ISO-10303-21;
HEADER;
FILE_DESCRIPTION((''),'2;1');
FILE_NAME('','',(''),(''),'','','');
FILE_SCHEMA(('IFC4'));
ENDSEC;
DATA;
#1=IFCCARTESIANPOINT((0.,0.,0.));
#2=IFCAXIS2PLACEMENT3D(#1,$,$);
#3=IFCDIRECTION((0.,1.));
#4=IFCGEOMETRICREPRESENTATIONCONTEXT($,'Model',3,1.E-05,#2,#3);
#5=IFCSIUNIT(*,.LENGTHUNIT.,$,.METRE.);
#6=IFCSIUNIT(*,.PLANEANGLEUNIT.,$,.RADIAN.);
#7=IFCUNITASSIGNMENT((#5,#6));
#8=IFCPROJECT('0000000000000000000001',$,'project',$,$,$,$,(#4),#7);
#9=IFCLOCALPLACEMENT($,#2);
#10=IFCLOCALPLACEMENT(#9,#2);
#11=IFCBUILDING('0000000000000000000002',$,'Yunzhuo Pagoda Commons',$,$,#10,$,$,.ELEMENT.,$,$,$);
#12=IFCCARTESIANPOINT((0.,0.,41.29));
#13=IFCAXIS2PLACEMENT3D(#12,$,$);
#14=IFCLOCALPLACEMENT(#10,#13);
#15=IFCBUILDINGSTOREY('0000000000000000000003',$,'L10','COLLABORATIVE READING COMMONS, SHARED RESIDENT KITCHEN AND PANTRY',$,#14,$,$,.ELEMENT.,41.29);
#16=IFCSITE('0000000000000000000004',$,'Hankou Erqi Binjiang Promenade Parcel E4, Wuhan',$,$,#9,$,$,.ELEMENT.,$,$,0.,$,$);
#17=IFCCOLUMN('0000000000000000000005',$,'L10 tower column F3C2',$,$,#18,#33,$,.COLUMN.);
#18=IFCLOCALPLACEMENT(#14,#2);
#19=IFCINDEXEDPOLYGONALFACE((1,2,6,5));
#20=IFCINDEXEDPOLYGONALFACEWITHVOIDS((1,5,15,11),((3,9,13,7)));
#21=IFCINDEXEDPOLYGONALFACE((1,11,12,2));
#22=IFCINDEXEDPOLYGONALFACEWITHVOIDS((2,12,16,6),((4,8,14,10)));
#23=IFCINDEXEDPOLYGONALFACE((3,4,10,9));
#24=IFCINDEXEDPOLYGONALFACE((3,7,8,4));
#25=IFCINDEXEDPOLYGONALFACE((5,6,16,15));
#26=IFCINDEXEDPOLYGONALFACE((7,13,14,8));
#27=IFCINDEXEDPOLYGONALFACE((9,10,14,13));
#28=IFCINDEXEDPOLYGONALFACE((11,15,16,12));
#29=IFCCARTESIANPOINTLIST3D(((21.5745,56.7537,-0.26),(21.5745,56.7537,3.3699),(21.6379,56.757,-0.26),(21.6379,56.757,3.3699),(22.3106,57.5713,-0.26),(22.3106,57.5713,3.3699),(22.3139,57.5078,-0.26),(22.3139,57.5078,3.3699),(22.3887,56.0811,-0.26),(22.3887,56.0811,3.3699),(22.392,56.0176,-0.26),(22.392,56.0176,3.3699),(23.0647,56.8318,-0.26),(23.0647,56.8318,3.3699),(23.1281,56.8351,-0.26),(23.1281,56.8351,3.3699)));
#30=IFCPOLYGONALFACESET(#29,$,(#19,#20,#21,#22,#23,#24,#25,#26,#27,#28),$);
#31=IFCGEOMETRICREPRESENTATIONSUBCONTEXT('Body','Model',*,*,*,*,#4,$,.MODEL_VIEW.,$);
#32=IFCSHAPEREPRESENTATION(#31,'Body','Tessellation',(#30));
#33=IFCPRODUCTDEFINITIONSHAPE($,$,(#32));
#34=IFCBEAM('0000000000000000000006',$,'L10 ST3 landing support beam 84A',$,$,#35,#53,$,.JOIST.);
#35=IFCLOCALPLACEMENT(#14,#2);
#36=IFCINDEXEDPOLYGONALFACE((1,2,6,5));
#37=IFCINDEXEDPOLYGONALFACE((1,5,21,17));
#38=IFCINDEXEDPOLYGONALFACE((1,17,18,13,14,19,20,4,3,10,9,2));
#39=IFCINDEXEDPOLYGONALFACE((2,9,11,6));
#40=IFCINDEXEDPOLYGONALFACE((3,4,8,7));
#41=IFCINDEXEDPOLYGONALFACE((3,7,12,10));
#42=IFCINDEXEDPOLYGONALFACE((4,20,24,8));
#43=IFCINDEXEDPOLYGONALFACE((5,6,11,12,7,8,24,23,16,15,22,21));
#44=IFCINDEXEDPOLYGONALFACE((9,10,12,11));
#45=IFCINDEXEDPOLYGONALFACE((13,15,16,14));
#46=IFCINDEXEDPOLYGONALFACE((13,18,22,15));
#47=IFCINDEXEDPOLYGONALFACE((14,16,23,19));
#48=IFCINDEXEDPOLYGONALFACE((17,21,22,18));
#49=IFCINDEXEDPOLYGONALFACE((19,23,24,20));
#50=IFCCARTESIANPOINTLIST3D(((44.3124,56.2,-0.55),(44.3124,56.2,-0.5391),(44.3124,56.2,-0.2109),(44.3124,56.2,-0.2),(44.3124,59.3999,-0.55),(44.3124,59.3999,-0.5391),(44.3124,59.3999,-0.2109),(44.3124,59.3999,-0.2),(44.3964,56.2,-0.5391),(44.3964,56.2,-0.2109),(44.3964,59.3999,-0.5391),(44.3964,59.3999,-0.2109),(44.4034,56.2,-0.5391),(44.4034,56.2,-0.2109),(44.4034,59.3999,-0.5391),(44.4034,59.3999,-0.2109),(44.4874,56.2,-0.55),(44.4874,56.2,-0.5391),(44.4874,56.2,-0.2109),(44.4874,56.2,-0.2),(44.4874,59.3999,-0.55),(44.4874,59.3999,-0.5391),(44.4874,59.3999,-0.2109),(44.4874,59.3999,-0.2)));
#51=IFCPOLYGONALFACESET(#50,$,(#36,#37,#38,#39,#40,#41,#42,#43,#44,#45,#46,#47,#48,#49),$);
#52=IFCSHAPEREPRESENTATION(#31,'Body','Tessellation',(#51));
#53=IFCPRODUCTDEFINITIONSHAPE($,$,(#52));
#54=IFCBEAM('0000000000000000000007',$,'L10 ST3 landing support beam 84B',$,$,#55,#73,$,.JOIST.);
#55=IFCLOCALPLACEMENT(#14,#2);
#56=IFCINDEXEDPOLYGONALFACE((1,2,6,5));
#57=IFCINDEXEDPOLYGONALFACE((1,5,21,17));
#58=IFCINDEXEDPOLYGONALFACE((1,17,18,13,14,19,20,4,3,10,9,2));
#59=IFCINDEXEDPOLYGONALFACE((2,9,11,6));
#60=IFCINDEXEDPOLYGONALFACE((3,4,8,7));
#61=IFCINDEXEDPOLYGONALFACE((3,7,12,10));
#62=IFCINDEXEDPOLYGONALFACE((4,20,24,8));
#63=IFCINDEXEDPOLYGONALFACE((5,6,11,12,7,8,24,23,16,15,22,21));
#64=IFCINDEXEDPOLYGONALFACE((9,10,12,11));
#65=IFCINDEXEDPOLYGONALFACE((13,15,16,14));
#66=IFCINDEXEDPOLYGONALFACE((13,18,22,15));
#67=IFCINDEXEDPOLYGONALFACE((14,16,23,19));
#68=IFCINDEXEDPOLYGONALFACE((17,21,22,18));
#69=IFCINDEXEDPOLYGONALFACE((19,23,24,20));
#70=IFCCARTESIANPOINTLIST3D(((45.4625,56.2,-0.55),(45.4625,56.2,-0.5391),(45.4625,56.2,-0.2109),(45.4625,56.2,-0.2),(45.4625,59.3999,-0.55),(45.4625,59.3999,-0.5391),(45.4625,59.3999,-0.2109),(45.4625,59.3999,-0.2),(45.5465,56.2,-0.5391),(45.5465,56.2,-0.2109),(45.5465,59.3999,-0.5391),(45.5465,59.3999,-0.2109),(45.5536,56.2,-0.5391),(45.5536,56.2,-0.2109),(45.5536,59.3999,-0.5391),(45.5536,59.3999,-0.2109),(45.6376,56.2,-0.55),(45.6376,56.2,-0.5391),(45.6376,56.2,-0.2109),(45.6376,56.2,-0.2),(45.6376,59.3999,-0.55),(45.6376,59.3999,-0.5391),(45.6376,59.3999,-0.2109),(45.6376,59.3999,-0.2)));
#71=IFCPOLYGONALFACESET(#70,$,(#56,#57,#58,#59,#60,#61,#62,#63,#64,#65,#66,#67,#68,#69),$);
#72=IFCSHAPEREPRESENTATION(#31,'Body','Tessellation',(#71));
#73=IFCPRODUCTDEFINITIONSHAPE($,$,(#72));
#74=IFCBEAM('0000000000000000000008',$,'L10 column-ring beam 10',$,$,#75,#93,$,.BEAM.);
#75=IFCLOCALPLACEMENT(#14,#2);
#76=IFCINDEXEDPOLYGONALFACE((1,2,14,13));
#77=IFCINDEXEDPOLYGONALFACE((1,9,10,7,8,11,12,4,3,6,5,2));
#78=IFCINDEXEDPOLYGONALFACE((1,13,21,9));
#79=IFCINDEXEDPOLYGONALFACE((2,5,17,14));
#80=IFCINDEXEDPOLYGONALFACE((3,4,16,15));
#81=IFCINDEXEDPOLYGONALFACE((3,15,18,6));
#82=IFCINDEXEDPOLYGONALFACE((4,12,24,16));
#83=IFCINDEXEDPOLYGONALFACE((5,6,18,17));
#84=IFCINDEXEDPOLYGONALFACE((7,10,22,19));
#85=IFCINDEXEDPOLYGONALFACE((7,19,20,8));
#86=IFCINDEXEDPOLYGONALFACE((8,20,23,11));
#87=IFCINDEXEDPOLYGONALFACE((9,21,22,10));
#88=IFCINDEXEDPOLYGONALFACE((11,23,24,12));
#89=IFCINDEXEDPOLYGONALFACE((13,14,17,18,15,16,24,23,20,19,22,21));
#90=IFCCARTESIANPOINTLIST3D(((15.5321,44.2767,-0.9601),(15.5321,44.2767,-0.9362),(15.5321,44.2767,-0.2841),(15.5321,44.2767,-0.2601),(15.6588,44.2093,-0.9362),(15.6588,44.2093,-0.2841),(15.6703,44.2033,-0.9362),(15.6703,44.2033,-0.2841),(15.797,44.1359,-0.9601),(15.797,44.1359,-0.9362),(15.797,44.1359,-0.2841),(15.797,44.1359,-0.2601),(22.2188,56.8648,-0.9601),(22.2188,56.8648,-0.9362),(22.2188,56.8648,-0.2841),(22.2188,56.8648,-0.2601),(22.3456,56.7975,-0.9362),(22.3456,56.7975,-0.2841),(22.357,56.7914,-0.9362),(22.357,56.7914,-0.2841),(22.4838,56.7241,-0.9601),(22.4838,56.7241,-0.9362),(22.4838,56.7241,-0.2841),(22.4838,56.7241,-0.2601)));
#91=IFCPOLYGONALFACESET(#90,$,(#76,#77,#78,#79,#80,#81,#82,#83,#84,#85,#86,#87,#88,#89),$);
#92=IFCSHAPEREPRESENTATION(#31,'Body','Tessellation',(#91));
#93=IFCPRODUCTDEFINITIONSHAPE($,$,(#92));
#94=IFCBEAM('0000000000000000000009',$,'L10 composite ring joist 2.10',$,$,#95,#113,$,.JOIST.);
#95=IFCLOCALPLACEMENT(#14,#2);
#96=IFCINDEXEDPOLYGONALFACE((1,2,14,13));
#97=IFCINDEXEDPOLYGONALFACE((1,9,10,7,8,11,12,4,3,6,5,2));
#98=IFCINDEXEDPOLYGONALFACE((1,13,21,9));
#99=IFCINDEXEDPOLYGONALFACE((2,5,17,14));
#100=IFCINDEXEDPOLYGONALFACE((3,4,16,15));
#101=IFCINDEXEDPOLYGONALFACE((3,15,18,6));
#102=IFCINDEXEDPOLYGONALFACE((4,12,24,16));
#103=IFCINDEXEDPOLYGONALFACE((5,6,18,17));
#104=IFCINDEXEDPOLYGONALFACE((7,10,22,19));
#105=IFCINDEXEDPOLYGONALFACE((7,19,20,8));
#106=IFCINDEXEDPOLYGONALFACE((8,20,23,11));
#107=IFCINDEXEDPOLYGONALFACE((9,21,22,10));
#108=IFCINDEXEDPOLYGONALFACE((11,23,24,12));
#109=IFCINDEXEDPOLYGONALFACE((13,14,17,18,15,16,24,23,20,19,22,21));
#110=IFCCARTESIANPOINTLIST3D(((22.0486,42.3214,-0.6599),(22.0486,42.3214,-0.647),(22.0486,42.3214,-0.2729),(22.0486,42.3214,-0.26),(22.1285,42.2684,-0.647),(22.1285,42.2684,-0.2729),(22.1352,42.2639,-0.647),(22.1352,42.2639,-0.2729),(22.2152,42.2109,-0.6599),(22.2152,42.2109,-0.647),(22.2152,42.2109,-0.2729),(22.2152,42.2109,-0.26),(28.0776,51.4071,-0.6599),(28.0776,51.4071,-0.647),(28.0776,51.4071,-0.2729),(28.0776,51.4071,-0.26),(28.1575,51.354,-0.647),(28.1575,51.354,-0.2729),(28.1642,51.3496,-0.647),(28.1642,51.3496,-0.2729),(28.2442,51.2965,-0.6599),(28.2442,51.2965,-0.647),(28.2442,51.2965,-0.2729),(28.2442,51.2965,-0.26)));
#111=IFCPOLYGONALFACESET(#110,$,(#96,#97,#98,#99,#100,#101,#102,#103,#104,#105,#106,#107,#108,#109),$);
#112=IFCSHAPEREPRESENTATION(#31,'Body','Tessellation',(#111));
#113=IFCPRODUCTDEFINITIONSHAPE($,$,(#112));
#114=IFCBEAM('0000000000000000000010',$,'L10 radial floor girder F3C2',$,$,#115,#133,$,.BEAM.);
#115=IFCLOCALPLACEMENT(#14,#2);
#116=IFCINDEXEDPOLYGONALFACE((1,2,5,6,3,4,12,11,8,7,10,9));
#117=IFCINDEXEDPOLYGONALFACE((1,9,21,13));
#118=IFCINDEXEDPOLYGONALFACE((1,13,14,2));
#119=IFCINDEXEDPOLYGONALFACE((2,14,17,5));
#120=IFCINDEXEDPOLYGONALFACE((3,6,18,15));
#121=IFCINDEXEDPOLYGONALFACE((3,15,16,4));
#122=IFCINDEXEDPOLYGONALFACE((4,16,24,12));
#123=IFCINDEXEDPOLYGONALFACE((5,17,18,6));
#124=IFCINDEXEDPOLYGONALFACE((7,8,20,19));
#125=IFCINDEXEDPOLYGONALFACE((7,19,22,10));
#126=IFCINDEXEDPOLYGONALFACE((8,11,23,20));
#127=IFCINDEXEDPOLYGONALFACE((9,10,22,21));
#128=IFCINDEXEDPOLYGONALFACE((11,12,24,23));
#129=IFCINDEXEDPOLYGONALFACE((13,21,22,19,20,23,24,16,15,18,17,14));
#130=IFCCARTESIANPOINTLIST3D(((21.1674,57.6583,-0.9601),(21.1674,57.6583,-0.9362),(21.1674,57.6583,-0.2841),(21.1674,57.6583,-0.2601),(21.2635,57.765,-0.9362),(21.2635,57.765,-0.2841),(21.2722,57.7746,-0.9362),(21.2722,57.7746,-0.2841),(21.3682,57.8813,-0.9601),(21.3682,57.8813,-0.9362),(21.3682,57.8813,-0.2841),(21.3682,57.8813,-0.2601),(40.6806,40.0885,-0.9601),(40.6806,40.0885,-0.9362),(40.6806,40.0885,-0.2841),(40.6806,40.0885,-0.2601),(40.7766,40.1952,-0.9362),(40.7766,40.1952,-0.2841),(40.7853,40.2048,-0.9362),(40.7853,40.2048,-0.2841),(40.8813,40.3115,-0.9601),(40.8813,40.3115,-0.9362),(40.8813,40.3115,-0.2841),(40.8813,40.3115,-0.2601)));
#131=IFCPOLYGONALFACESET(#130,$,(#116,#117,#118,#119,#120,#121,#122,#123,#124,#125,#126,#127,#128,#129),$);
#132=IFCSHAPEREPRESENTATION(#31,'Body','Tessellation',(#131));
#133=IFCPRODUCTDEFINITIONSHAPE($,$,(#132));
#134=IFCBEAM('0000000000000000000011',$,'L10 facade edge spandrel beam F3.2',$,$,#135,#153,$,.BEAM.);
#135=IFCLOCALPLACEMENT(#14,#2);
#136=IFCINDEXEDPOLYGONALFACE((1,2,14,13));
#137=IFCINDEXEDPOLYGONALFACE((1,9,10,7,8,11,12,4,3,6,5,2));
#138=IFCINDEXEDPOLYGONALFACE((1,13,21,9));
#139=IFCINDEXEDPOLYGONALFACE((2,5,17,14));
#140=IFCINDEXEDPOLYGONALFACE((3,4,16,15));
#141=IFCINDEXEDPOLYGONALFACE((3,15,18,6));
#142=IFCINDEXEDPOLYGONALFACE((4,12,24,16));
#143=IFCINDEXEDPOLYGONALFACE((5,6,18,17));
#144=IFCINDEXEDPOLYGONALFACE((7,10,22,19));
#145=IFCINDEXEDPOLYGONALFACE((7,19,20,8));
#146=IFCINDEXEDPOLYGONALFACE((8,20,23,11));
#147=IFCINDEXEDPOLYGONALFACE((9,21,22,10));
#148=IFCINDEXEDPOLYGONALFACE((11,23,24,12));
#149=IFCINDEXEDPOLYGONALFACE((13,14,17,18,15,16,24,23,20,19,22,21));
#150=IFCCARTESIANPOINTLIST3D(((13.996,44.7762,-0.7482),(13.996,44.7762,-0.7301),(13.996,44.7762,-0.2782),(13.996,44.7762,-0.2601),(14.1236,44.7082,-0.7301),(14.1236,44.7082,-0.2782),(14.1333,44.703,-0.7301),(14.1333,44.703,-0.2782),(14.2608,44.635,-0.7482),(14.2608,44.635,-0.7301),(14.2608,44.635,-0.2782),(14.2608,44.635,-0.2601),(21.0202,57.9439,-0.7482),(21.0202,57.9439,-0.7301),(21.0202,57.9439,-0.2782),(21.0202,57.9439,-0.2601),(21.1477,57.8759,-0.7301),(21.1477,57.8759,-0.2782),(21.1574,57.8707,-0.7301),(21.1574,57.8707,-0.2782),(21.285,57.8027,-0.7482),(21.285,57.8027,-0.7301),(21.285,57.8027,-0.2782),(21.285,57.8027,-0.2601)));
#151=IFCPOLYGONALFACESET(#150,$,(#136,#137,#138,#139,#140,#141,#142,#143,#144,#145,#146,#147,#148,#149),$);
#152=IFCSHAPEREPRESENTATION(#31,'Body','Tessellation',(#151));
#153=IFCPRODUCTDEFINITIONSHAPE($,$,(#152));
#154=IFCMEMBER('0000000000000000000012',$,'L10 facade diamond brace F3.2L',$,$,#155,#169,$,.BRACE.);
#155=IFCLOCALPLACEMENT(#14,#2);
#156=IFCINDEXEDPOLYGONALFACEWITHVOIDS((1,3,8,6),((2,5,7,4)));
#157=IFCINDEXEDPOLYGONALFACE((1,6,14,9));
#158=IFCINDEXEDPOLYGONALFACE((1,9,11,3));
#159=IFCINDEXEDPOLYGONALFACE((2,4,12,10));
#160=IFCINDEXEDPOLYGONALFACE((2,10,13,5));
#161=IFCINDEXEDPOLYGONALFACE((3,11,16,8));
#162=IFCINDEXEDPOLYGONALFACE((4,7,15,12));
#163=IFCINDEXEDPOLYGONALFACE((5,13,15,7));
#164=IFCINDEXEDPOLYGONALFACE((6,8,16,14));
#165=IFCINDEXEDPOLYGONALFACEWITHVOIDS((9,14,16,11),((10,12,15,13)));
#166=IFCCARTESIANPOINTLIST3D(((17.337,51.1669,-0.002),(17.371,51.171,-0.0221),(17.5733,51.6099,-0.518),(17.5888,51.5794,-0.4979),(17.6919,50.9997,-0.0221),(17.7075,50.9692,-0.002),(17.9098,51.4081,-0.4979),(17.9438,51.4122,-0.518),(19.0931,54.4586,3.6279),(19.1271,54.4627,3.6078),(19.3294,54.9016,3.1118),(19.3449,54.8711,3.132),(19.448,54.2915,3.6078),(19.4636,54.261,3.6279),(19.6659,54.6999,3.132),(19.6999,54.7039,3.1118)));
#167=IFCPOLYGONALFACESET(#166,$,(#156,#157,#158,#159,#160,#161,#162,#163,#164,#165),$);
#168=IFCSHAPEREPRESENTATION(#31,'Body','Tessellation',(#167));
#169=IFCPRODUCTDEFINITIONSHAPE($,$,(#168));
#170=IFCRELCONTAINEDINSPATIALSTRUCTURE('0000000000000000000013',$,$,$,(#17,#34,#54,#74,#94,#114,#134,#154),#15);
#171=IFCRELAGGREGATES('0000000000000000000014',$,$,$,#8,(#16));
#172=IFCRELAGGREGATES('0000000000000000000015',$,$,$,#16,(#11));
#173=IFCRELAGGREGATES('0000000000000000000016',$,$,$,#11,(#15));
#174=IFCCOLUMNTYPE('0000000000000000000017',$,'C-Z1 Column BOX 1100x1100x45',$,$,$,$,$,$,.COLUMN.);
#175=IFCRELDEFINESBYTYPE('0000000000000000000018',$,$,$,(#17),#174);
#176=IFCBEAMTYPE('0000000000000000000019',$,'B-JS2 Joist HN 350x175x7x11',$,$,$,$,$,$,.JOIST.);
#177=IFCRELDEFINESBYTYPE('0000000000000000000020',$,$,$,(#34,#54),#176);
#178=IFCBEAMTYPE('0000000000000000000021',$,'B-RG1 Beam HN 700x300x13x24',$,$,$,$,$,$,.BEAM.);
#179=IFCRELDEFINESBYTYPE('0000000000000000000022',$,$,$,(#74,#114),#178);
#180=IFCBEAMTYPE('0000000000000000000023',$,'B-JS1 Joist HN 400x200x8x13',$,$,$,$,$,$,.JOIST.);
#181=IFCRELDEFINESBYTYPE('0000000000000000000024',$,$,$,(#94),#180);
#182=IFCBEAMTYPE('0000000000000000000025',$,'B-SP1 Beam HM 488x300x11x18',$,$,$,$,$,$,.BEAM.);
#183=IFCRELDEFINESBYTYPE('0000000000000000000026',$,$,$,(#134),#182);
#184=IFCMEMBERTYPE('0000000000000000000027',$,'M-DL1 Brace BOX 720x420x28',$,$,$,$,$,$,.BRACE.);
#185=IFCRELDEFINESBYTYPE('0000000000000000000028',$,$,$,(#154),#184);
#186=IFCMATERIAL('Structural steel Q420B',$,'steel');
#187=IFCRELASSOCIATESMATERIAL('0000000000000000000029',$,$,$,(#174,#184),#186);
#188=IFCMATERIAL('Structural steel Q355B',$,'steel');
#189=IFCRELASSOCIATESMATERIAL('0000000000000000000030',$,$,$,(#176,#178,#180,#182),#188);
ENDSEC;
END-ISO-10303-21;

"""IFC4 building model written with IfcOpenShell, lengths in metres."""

from ifc_helpers import new_model, si_unit, direction, frame, origin, origin_2d, place, context, subcontext, project, spatial, hollow_rectangle, i_section, extrude, source, transform, mapped, material, material_profile, profile_set, type_object, element, save


model = new_model("IFC4")

# Units and contexts
model_context = context("Model", 3, precision=1e-05, world=origin(), true_north=direction((0.0, 1.0)))
body_context = subcontext(model_context, "Body", "Model", "MODEL_VIEW")
ifc_project = project(units=[si_unit("LENGTHUNIT", "METRE"), si_unit("PLANEANGLEUNIT", "RADIAN")], contexts=[model_context])

# Site, building, storey
site_placement = place(None, origin())
site = spatial("IfcSite", under=ifc_project, at=site_placement, Name="Hankou Erqi Binjiang Promenade Parcel E4, Wuhan", CompositionType="ELEMENT", RefElevation=0.0)
building_placement = place(site_placement, origin())
building = spatial("IfcBuilding", under=site, at=building_placement, Name="Yunzhuo Pagoda Commons", CompositionType="ELEMENT")
storey_placement = place(building_placement, frame((0.0, 0.0, 41.29)))
storey = spatial("IfcBuildingStorey", under=building, at=storey_placement, Name="L10", Description="COLLABORATIVE READING COMMONS, SHARED RESIDENT KITCHEN AND PANTRY", CompositionType="ELEMENT", Elevation=41.29)

# Column
ifc_material_1 = material(Name="Structural steel Q420B", Category="steel")
ifc_material_profile_1 = material_profile(ifc_material_1, hollow_rectangle(XDim=1.1001, YDim=1.1001, WallThickness=0.0449, at=origin_2d()), Name="Structural steel Q420B")
ifc_profile_set_1 = profile_set([ifc_material_profile_1], Name="Structural steel Q420B")
column_type = type_object("IfcColumnType", Name="C-Z1 Column BOX 1100x1100x45", PredefinedType="COLUMN", material=ifc_profile_set_1)
shared_shape_1 = source(origin(), body_context, "Body", "SweptSolid", [
    extrude(hollow_rectangle(XDim=1.1001, YDim=1.1001, WallThickness=0.0449, at=origin_2d()), origin(), (0.0, 0.0, 1.0), 3.6299),
])
column_placement = place(storey_placement, frame((22.3513, 56.7944, -0.26), z_axis=(0.0, 0.0, 1.0), x_axis=(-0.669131, -0.743145, 0.0)))
element("IfcColumn", 1, at=column_placement, inside=storey, type_object=column_type, Name="L10 tower column F3C2", PredefinedType="COLUMN", context=body_context, shape_type="MappedRepresentation", body=[
    mapped(shared_shape_1, transform((0.0, 0.0, 0.0), scale=1.0)),
])

# Beams
ifc_material_2 = material(Name="Structural steel Q355B", Category="steel")
ifc_material_profile_2 = material_profile(ifc_material_2, i_section(OverallWidth=0.175, OverallDepth=0.3501, WebThickness=0.0071, FlangeThickness=0.011, at=origin_2d()), Name="Structural steel Q355B")
ifc_profile_set_2 = profile_set([ifc_material_profile_2], Name="Structural steel Q355B")
beam_type_1 = type_object("IfcBeamType", Name="B-JS2 Joist HN 350x175x7x11", PredefinedType="JOIST", material=ifc_profile_set_2)
shared_shape_2 = source(origin(), body_context, "Body", "SweptSolid", [
    extrude(i_section(OverallWidth=0.175, OverallDepth=0.3501, WebThickness=0.0071, FlangeThickness=0.011, at=origin_2d()), origin(), (0.0, 0.0, 1.0), 3.2),
])
for number, where, z_axis, x_axis, name in (
    (2, (44.3999, 56.2, -0.375), (0.0, 1.0, 0.0), (-1.0, 0.0, 0.0), "L10 ST3 landing support beam 84A"),
    (3, (45.55, 56.2, -0.375), (0.0, 1.0, 0.0), (-1.0, 0.0, 0.0), "L10 ST3 landing support beam 84B"),
):
    element("IfcBeam", number, at=place(storey_placement, frame(where, z_axis=z_axis, x_axis=x_axis)), inside=storey, type_object=beam_type_1, Name=name, PredefinedType="JOIST", context=body_context, shape_type="MappedRepresentation", body=[
        mapped(shared_shape_2, transform((0.0, 0.0, 0.0), scale=1.0)),
    ])
ifc_material_profile_3 = material_profile(ifc_material_2, i_section(OverallWidth=0.3, OverallDepth=0.7, WebThickness=0.0129, FlangeThickness=0.0239, at=origin_2d()), Name="Structural steel Q355B")
ifc_profile_set_3 = profile_set([ifc_material_profile_3], Name="Structural steel Q355B")
beam_type_2 = type_object("IfcBeamType", Name="B-RG1 Beam HN 700x300x13x24", PredefinedType="BEAM", material=ifc_profile_set_3)
shared_shape_3 = source(origin(), body_context, "Body", "SweptSolid", [
    extrude(i_section(OverallWidth=0.3, OverallDepth=0.7, WebThickness=0.0129, FlangeThickness=0.0239, at=origin_2d()), origin(), (0.0, 0.0, 1.0), 14.2539),
])
beam_1_placement = place(storey_placement, frame((22.3513, 56.7944, -0.6101), z_axis=(-0.469118, -0.883135, 0.0), x_axis=(0.883135, -0.469118, 0.0)))
element("IfcBeam", 4, at=beam_1_placement, inside=storey, type_object=beam_type_2, Name="L10 column-ring beam 10", PredefinedType="BEAM", context=body_context, shape_type="MappedRepresentation", body=[
    mapped(shared_shape_3, transform((0.0, 0.0, 0.0), scale=1.0)),
])
ifc_material_profile_4 = material_profile(ifc_material_2, i_section(OverallWidth=0.2, OverallDepth=0.3999, WebThickness=0.0081, FlangeThickness=0.0129, at=origin_2d()), Name="Structural steel Q355B")
ifc_profile_set_4 = profile_set([ifc_material_profile_4], Name="Structural steel Q355B")
beam_type_3 = type_object("IfcBeamType", Name="B-JS1 Joist HN 400x200x8x13", PredefinedType="JOIST", material=ifc_profile_set_4)
shared_shape_4 = source(origin(), body_context, "Body", "SweptSolid", [
    extrude(i_section(OverallWidth=0.2, OverallDepth=0.3999, WebThickness=0.0081, FlangeThickness=0.0129, at=origin_2d()), origin(), (0.0, 0.0, 1.0), 10.9041),
])
beam_2_placement = place(storey_placement, frame((28.1609, 51.3518, -0.46), z_axis=(-0.552916, -0.833237, 0.0), x_axis=(0.833237, -0.552916, 0.0)))
element("IfcBeam", 5, at=beam_2_placement, inside=storey, type_object=beam_type_3, Name="L10 composite ring joist 2.10", PredefinedType="JOIST", context=body_context, shape_type="MappedRepresentation", body=[
    mapped(shared_shape_4, transform((0.0, 0.0, 0.0), scale=1.0)),
])
shared_shape_5 = source(origin(), body_context, "Body", "SweptSolid", [
    extrude(i_section(OverallWidth=0.3, OverallDepth=0.7, WebThickness=0.0129, FlangeThickness=0.0239, at=origin_2d()), origin(), (0.0, 0.0, 1.0), 26.2576),
])
beam_3_placement = place(storey_placement, frame((21.2678, 57.7698, -0.6101), z_axis=(0.743143, -0.669132, 0.0), x_axis=(0.669132, 0.743143, 0.0)))
element("IfcBeam", 6, at=beam_3_placement, inside=storey, type_object=beam_type_2, Name="L10 radial floor girder F3C2", PredefinedType="BEAM", context=body_context, shape_type="MappedRepresentation", body=[
    mapped(shared_shape_5, transform((0.0, 0.0, 0.0), scale=1.0)),
])
ifc_material_profile_5 = material_profile(ifc_material_2, i_section(OverallWidth=0.3, OverallDepth=0.488, WebThickness=0.011, FlangeThickness=0.0181, at=origin_2d()), Name="Structural steel Q355B")
ifc_profile_set_5 = profile_set([ifc_material_profile_5], Name="Structural steel Q355B")
beam_type_4 = type_object("IfcBeamType", Name="B-SP1 Beam HM 488x300x11x18", PredefinedType="BEAM", material=ifc_profile_set_5)
shared_shape_6 = source(origin(), body_context, "Body", "SweptSolid", [
    extrude(i_section(OverallWidth=0.3, OverallDepth=0.488, WebThickness=0.011, FlangeThickness=0.0181, at=origin_2d()), origin(), (0.0, 0.0, 1.0), 14.9241),
])
beam_4_placement = place(storey_placement, frame((21.1526, 57.8733, -0.5042), z_axis=(-0.47066, -0.882314, 0.0), x_axis=(0.882314, -0.47066, 0.0)))
element("IfcBeam", 7, at=beam_4_placement, inside=storey, type_object=beam_type_4, Name="L10 facade edge spandrel beam F3.2", PredefinedType="BEAM", context=body_context, shape_type="MappedRepresentation", body=[
    mapped(shared_shape_6, transform((0.0, 0.0, 0.0), scale=1.0)),
])

# Member
ifc_material_profile_6 = material_profile(ifc_material_1, hollow_rectangle(XDim=0.4199, YDim=0.72, WallThickness=0.0281, at=origin_2d()), Name="Structural steel Q420B")
ifc_profile_set_6 = profile_set([ifc_material_profile_6], Name="Structural steel Q420B")
member_type_1 = type_object("IfcMemberType", Name="M-DL1 Brace BOX 720x420x28", PredefinedType="BRACE", material=ifc_profile_set_6)
shared_shape_7 = source(origin(), body_context, "Body", "SweptSolid", [
    extrude(hollow_rectangle(XDim=0.4199, YDim=0.72, WallThickness=0.0281, at=origin_2d()), origin(), (0.0, 0.0, 1.0), 5.2053),
])
for number, where, z_axis, x_axis, name in (
    (8, (17.6404, 51.2896, -0.26), (0.337366, 0.632379, 0.697338), (-0.882297, 0.470694, 0.0), "L10 facade diamond brace F3.2L"),
):
    element("IfcMember", number, at=place(storey_placement, frame(where, z_axis=z_axis, x_axis=x_axis)), inside=storey, type_object=member_type_1, Name=name, PredefinedType="BRACE", context=body_context, shape_type="MappedRepresentation", body=[
        mapped(shared_shape_7, transform((0.0, 0.0, 0.0), scale=1.0)),
    ])

save(model, "model.ifc")
